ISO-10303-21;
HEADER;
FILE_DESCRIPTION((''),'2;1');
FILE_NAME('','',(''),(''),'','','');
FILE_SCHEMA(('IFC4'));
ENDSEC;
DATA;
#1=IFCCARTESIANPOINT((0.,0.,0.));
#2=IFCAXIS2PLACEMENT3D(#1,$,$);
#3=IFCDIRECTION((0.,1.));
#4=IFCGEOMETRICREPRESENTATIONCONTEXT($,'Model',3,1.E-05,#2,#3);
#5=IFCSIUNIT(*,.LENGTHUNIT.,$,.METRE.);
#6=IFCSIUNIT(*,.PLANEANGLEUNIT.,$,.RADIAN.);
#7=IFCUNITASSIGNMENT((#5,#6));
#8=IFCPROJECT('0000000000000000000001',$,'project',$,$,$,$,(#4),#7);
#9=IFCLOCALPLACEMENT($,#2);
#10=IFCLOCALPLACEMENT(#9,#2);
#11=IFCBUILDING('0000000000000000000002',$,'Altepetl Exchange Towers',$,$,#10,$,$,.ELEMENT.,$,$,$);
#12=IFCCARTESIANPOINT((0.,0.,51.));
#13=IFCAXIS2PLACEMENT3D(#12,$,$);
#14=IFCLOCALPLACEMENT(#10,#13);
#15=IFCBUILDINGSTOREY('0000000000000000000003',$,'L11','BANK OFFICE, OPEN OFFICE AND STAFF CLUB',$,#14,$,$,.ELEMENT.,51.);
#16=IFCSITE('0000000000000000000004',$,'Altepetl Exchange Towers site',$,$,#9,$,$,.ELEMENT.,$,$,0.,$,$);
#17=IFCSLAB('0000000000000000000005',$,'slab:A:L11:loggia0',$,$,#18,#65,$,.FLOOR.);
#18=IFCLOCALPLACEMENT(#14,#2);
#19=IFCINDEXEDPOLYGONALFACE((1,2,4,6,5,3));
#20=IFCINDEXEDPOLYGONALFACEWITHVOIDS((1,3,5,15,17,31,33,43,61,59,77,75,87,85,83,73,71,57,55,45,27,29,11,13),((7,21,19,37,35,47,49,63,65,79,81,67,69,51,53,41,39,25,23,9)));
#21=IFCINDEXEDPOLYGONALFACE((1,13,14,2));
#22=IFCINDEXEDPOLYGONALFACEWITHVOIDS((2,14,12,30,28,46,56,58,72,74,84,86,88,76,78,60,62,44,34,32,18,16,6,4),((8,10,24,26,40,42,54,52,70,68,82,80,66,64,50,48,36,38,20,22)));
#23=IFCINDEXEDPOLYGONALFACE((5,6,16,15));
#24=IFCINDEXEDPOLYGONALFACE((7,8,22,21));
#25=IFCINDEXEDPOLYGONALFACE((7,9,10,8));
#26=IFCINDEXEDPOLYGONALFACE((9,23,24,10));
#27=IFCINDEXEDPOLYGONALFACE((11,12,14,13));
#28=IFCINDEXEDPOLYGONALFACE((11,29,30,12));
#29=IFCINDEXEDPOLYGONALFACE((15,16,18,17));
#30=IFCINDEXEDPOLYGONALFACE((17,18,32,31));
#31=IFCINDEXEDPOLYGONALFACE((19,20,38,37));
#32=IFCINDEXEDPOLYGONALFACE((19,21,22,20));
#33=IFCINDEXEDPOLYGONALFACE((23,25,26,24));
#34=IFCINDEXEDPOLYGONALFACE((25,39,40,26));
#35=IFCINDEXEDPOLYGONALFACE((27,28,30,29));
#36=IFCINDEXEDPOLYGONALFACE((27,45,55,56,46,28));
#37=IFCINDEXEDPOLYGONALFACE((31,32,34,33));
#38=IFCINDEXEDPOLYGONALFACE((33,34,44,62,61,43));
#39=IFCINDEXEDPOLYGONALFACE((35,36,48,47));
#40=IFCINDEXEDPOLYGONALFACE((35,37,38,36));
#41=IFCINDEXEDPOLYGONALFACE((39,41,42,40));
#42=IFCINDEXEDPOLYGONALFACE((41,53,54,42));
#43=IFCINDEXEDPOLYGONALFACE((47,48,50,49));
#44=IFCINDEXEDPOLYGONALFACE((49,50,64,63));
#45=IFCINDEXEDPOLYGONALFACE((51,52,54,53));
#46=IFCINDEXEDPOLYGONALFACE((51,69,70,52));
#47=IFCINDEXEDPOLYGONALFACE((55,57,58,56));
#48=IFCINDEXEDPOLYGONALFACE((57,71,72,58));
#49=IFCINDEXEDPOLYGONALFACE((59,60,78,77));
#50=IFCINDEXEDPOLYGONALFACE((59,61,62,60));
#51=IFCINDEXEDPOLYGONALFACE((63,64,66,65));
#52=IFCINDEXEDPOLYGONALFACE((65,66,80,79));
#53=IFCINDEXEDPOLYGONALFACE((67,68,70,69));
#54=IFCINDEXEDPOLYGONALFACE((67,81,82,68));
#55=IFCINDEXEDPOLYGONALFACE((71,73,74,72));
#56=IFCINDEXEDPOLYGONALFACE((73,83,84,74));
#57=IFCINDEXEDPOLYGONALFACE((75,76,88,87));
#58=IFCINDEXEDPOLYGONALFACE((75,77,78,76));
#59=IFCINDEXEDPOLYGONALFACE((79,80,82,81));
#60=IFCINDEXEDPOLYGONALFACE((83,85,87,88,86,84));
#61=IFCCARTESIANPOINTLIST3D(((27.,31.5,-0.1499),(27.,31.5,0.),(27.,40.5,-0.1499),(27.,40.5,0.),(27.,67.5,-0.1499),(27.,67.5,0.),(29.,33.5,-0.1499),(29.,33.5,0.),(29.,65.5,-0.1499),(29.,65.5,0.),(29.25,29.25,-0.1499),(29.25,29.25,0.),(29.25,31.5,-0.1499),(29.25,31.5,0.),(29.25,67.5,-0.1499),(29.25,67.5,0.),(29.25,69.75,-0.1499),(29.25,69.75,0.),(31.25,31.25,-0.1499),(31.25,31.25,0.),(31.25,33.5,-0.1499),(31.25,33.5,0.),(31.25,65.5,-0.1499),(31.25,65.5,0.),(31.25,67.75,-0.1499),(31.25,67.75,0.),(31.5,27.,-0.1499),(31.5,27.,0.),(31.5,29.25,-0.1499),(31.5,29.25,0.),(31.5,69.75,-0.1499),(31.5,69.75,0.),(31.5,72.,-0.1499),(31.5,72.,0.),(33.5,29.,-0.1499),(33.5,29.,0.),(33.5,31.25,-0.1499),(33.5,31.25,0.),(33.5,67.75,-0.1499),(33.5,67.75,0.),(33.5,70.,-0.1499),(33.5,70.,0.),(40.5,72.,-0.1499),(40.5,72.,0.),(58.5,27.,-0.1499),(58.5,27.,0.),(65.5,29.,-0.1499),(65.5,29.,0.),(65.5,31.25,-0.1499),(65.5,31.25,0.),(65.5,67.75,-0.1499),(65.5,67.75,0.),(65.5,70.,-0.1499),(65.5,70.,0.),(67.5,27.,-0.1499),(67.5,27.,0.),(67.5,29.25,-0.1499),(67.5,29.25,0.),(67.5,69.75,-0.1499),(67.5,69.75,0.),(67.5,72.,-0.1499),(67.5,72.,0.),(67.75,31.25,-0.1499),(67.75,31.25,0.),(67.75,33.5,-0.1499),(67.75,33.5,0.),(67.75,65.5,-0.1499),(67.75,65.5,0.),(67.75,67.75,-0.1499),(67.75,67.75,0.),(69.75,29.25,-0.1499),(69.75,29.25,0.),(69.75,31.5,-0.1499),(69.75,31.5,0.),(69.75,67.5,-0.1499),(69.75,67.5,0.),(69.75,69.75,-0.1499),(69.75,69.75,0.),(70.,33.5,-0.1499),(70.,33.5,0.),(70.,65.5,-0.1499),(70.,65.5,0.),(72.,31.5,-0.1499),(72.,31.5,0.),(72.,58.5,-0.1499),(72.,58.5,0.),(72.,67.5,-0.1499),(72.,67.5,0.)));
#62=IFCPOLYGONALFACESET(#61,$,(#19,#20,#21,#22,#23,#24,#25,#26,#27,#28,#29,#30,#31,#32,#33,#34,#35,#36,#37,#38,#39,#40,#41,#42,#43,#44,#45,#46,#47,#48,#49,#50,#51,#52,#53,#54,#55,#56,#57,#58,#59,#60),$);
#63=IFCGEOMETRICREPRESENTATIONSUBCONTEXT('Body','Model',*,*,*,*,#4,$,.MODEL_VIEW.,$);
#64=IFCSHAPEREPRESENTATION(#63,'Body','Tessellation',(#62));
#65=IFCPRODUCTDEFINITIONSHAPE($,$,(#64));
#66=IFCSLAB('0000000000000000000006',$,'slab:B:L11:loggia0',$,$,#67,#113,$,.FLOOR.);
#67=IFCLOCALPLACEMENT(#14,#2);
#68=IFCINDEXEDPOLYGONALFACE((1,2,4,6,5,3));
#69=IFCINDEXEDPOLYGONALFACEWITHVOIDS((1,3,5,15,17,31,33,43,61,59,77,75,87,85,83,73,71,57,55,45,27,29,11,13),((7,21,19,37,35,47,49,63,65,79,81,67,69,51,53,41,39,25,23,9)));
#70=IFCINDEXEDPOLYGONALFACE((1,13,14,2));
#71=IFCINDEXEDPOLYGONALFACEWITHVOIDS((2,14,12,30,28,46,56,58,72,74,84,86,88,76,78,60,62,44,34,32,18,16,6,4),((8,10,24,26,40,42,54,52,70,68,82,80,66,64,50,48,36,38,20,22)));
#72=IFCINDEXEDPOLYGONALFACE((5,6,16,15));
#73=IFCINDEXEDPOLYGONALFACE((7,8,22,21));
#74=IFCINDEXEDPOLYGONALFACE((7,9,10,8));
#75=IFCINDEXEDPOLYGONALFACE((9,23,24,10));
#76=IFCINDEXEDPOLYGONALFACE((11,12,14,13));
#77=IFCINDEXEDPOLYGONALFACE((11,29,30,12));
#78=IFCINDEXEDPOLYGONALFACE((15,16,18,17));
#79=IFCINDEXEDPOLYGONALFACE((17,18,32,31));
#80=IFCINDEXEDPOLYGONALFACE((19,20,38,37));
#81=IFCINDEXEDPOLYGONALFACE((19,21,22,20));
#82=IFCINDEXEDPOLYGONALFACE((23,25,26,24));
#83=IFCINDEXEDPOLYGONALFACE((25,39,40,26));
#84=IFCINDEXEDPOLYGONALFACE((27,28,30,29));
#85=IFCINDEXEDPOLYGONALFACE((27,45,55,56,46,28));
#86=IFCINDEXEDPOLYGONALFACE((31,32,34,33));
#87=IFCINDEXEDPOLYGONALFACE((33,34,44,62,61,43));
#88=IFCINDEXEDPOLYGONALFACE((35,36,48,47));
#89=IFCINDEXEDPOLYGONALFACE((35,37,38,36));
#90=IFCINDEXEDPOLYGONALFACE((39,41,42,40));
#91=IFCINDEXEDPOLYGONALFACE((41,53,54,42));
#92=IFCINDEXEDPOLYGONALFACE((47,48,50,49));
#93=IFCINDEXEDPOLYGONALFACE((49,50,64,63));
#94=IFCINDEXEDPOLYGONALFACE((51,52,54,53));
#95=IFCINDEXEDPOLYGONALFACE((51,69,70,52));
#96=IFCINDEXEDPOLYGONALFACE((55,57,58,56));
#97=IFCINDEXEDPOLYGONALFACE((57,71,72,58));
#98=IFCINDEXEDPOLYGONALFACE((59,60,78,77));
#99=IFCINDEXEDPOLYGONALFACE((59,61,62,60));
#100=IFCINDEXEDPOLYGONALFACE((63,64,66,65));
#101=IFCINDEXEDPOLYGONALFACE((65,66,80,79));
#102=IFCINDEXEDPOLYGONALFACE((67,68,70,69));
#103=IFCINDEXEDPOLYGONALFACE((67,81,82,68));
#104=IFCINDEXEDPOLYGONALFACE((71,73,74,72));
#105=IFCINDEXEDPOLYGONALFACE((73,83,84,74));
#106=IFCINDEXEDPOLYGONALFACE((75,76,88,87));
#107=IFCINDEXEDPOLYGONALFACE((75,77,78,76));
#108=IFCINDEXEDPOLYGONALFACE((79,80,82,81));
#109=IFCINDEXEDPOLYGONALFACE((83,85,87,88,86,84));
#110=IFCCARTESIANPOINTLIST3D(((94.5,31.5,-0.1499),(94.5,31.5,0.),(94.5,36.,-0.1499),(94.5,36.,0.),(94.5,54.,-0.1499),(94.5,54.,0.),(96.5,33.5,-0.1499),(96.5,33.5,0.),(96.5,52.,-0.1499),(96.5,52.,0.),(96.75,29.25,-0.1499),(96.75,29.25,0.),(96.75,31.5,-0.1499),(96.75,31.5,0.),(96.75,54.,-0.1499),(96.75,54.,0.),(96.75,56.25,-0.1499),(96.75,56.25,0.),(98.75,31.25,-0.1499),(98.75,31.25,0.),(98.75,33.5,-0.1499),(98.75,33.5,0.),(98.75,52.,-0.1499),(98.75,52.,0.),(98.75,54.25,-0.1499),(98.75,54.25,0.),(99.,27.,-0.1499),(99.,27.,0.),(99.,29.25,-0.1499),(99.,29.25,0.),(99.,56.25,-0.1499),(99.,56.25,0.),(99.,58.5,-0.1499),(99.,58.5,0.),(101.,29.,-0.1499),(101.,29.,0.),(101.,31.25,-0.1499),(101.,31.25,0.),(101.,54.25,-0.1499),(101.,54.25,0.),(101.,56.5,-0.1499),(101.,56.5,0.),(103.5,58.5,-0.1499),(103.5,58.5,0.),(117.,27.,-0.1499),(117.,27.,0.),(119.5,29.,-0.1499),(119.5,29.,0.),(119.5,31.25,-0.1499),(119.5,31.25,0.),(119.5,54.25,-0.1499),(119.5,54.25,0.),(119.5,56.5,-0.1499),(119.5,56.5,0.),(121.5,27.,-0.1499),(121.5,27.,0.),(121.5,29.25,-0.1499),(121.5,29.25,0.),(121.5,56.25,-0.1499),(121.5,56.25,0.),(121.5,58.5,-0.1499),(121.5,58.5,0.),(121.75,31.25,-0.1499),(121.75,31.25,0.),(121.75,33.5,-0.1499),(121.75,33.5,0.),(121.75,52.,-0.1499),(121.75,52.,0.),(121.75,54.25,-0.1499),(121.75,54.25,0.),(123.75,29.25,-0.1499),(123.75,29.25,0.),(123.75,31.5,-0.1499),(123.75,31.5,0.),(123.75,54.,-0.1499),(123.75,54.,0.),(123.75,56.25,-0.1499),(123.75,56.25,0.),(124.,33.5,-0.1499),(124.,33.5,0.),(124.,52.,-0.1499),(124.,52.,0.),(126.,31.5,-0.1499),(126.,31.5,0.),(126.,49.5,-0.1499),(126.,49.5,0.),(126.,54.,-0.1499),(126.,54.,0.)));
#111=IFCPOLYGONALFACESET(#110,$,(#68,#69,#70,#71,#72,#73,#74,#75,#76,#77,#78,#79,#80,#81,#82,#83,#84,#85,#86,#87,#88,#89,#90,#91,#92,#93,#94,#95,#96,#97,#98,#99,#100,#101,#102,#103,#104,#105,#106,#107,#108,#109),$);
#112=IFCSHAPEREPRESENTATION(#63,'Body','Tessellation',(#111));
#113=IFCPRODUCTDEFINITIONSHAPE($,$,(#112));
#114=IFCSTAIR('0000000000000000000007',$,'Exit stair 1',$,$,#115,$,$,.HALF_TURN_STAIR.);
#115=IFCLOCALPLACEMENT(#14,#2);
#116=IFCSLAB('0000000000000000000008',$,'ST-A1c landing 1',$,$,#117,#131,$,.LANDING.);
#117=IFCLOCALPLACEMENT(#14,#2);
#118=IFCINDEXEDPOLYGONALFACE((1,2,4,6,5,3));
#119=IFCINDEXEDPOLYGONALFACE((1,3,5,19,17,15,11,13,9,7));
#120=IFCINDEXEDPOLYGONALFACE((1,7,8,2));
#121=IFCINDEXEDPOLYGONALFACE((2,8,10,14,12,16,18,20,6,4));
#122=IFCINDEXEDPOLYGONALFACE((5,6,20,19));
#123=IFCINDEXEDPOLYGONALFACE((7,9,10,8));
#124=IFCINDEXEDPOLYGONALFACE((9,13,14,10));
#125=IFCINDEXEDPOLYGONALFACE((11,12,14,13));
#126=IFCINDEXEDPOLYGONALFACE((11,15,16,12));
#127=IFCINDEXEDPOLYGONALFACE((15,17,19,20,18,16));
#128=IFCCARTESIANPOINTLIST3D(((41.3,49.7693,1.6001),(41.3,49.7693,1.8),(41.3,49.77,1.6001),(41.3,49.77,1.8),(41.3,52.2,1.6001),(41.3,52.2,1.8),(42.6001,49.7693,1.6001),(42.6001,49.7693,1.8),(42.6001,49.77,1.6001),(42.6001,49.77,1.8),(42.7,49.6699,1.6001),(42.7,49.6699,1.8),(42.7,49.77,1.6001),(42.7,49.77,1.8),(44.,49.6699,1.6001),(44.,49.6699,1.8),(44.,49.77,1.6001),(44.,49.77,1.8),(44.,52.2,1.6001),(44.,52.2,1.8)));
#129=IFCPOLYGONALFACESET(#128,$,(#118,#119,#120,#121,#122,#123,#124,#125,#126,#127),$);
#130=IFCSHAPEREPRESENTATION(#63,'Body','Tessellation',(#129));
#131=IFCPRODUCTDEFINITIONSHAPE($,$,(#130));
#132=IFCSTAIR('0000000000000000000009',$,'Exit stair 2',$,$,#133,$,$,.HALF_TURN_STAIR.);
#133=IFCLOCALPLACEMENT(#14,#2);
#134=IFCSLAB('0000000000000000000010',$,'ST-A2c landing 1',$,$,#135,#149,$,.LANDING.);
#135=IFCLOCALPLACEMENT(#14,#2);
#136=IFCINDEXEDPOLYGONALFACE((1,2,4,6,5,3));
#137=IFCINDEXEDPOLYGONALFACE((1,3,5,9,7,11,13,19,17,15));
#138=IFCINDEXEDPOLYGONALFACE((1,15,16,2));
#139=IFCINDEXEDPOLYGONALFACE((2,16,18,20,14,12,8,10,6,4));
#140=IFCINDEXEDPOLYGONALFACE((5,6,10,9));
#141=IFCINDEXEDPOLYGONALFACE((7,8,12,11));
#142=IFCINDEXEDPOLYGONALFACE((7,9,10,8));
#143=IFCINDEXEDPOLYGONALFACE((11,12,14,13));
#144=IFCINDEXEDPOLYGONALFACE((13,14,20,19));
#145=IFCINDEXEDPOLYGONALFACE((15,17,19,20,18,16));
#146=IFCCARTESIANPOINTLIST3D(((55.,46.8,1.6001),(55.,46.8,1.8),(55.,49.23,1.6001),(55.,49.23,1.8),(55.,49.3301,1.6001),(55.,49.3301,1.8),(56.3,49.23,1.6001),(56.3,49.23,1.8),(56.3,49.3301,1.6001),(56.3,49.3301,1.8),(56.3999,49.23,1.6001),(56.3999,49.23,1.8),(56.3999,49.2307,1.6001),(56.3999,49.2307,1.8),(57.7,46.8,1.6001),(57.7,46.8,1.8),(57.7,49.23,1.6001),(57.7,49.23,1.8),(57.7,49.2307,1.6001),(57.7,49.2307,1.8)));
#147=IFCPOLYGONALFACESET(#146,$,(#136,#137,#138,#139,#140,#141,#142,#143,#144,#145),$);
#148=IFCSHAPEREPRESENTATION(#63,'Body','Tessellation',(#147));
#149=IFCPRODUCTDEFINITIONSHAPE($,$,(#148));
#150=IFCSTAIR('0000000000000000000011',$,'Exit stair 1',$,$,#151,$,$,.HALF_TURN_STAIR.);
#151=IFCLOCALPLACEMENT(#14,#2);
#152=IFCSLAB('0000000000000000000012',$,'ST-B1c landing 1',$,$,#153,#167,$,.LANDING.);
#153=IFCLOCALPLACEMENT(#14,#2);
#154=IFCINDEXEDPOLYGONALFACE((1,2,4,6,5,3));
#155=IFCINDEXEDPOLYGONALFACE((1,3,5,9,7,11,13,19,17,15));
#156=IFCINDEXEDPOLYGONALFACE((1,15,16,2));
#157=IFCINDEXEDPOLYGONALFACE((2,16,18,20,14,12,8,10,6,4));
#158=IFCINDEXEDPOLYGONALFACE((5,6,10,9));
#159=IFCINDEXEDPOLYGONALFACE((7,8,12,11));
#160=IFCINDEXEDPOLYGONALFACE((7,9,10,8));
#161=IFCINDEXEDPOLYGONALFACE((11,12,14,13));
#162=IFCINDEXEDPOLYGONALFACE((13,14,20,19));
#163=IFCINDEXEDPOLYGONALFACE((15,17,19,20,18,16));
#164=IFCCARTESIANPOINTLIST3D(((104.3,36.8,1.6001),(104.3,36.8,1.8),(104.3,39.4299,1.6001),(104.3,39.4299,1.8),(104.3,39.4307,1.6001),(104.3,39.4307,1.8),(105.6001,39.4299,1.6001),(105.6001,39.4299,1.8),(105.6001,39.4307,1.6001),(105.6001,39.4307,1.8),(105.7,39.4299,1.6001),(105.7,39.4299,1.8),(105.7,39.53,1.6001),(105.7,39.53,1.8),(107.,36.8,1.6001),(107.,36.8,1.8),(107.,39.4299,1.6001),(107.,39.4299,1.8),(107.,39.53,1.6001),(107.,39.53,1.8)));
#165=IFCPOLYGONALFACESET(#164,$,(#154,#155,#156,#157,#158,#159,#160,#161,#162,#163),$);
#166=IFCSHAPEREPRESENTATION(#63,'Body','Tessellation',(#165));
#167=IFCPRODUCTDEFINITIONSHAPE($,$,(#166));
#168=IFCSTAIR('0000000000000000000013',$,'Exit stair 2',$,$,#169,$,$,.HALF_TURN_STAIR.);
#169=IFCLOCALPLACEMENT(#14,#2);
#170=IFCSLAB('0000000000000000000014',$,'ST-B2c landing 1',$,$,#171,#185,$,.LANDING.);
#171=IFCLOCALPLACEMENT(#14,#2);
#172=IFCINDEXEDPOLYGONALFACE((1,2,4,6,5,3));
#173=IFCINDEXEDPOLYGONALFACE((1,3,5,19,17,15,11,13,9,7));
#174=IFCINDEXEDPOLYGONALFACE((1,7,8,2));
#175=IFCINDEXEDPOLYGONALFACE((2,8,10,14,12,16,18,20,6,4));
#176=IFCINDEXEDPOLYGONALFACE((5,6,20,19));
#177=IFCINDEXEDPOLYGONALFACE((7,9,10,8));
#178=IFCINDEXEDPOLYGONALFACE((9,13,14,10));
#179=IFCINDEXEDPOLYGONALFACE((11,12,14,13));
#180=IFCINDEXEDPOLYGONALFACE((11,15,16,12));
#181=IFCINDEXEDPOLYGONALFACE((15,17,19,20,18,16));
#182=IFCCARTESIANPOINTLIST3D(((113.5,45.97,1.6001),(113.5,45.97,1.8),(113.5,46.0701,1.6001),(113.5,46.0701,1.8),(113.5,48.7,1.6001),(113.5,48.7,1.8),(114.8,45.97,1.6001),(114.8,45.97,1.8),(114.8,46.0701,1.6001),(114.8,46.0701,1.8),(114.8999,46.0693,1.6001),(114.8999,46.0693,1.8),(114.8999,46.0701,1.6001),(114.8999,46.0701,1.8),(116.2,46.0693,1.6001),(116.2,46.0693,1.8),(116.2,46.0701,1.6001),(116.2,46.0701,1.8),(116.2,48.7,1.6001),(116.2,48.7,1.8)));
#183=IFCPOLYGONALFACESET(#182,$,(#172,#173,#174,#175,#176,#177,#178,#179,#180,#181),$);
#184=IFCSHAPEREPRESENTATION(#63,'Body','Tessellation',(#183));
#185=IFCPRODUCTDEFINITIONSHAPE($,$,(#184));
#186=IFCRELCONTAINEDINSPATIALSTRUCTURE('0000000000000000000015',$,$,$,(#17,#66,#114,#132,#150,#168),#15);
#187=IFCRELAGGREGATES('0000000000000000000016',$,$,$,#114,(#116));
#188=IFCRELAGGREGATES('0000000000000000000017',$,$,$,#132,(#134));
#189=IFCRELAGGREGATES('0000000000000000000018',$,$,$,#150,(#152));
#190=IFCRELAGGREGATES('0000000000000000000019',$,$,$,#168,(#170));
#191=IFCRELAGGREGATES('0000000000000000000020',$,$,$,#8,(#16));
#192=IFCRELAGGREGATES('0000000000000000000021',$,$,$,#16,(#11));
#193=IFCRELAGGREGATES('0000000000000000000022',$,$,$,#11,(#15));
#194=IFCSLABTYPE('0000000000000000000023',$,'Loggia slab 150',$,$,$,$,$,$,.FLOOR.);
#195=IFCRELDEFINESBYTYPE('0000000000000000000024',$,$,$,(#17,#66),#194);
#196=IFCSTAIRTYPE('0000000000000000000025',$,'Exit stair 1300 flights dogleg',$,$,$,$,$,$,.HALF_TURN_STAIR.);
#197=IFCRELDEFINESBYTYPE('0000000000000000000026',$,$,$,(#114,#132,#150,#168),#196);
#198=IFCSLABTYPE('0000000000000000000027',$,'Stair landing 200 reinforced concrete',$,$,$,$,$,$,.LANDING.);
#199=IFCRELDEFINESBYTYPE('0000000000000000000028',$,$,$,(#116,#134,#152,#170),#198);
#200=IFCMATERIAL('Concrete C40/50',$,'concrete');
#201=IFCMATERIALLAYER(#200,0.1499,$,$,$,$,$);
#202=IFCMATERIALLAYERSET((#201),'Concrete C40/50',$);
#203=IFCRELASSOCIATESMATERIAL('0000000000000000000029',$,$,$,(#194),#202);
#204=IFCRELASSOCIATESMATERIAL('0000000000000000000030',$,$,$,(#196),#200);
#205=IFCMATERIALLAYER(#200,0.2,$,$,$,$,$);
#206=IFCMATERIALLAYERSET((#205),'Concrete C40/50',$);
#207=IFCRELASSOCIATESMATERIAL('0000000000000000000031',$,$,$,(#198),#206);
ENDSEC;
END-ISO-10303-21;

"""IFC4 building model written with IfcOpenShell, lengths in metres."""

from ifc_helpers import new_model, si_unit, direction, frame, origin, place, context, subcontext, project, spatial, polyline, outline, extrude, material, layer, layer_set, type_object, element, aggregate, save


model = new_model("IFC4")

# Units and contexts
model_context = context("Model", 3, precision=1e-05, world=origin(), true_north=direction((0.0, 1.0)))
body_context = subcontext(model_context, "Body", "Model", "MODEL_VIEW")
ifc_project = project(units=[si_unit("LENGTHUNIT", "METRE"), si_unit("PLANEANGLEUNIT", "RADIAN")], contexts=[model_context])

# Site, building, storey
site_placement = place(None, origin())
site = spatial("IfcSite", under=ifc_project, at=site_placement, Name="Altepetl Exchange Towers site", CompositionType="ELEMENT", RefElevation=0.0)
building_placement = place(site_placement, origin())
building = spatial("IfcBuilding", under=site, at=building_placement, Name="Altepetl Exchange Towers", CompositionType="ELEMENT")
storey_placement = place(building_placement, frame((0.0, 0.0, 51.0)))
storey = spatial("IfcBuildingStorey", under=building, at=storey_placement, Name="L11", Description="BANK OFFICE, OPEN OFFICE AND STAFF CLUB", CompositionType="ELEMENT", Elevation=51.0)

# Slabs
ifc_material_1 = material(Name="Concrete C40/50", Category="concrete")
ifc_layer_1 = layer(ifc_material_1, 0.1499)
ifc_layer_set_1 = layer_set([ifc_layer_1], Name="Concrete C40/50")
slab_type_1 = type_object("IfcSlabType", Name="Loggia slab 150", PredefinedType="FLOOR", material=ifc_layer_set_1)
slab_1_placement = place(storey_placement, frame((0.0, 0.0, -0.1499)))
element("IfcSlab", 1, at=slab_1_placement, inside=storey, type_object=slab_type_1, Name="slab:A:L11:loggia0", PredefinedType="FLOOR", context=body_context, shape_type="SweptSolid", body=[
    extrude(outline(polyline([(29.25, 67.5), (27.0, 67.5), (27.0, 40.5), (27.0, 31.5), (29.25, 31.5), (29.25, 29.25), (31.5, 29.25), (31.5, 27.0), (58.5, 27.0), (67.5, 27.0), (67.5, 29.25), (69.75, 29.25), (69.75, 31.5), (72.0, 31.5), (72.0, 58.5), (72.0, 67.5), (69.75, 67.5), (69.75, 69.75), (67.5, 69.75), (67.5, 72.0), (40.5, 72.0), (31.5, 72.0), (31.5, 69.75), (29.25, 69.75), (29.25, 67.5)]), holes=[polyline([(29.0, 65.5), (31.25, 65.5), (31.25, 67.75), (33.5, 67.75), (33.5, 70.0), (65.5, 70.0), (65.5, 67.75), (67.75, 67.75), (67.75, 65.5), (70.0, 65.5), (70.0, 33.5), (67.75, 33.5), (67.75, 31.25), (65.5, 31.25), (65.5, 29.0), (33.5, 29.0), (33.5, 31.25), (31.25, 31.25), (31.25, 33.5), (29.0, 33.5), (29.0, 65.5)])]), origin(), (0.0, 0.0, 1.0), 0.1499),
])
slab_2_placement = place(storey_placement, frame((0.0, 0.0, -0.1499)))
element("IfcSlab", 2, at=slab_2_placement, inside=storey, type_object=slab_type_1, Name="slab:B:L11:loggia0", PredefinedType="FLOOR", context=body_context, shape_type="SweptSolid", body=[
    extrude(outline(polyline([(96.75, 54.0), (94.5, 54.0), (94.5, 36.0), (94.5, 31.5), (96.75, 31.5), (96.75, 29.25), (99.0, 29.25), (99.0, 27.0), (117.0, 27.0), (121.5, 27.0), (121.5, 29.25), (123.75, 29.25), (123.75, 31.5), (126.0, 31.5), (126.0, 49.5), (126.0, 54.0), (123.75, 54.0), (123.75, 56.25), (121.5, 56.25), (121.5, 58.5), (103.5, 58.5), (99.0, 58.5), (99.0, 56.25), (96.75, 56.25), (96.75, 54.0)]), holes=[polyline([(96.5, 52.0), (98.75, 52.0), (98.75, 54.25), (101.0, 54.25), (101.0, 56.5), (119.5, 56.5), (119.5, 54.25), (121.75, 54.25), (121.75, 52.0), (124.0, 52.0), (124.0, 33.5), (121.75, 33.5), (121.75, 31.25), (119.5, 31.25), (119.5, 29.0), (101.0, 29.0), (101.0, 31.25), (98.75, 31.25), (98.75, 33.5), (96.5, 33.5), (96.5, 52.0)])]), origin(), (0.0, 0.0, 1.0), 0.1499),
])

# Stairs, slabs
stair_type = type_object("IfcStairType", Name="Exit stair 1300 flights dogleg", PredefinedType="HALF_TURN_STAIR", material=ifc_material_1)
stair_1_placement = place(storey_placement, origin())
stair_1 = element("IfcStair", 3, at=stair_1_placement, inside=storey, type_object=stair_type, Name="Exit stair 1", PredefinedType="HALF_TURN_STAIR")
ifc_layer_2 = layer(ifc_material_1, 0.2)
ifc_layer_set_2 = layer_set([ifc_layer_2], Name="Concrete C40/50")
slab_type_2 = type_object("IfcSlabType", Name="Stair landing 200 reinforced concrete", PredefinedType="LANDING", material=ifc_layer_set_2)
slab_3_placement = place(storey_placement, frame((0.0, 0.0, 1.6001)))
slab_3 = element("IfcSlab", 4, at=slab_3_placement, type_object=slab_type_2, Name="ST-A1c landing 1", PredefinedType="LANDING", context=body_context, shape_type="SweptSolid", body=[
    extrude(outline(polyline([(44.0, 49.6699), (42.7, 49.6699), (42.7, 49.77), (42.6001, 49.77), (42.6001, 49.7693), (41.3, 49.7693), (41.3, 49.77), (41.3, 52.2), (44.0, 52.2), (44.0, 49.77), (44.0, 49.6699)])), origin(), (0.0, 0.0, 1.0), 0.2),
])
aggregate(stair_1, [slab_3])
stair_2_placement = place(storey_placement, origin())
stair_2 = element("IfcStair", 5, at=stair_2_placement, inside=storey, type_object=stair_type, Name="Exit stair 2", PredefinedType="HALF_TURN_STAIR")
slab_4_placement = place(storey_placement, frame((0.0, 0.0, 1.6001)))
slab_4 = element("IfcSlab", 6, at=slab_4_placement, type_object=slab_type_2, Name="ST-A2c landing 1", PredefinedType="LANDING", context=body_context, shape_type="SweptSolid", body=[
    extrude(outline(polyline([(57.7, 46.8), (55.0, 46.8), (55.0, 49.23), (55.0, 49.3301), (56.3, 49.3301), (56.3, 49.23), (56.3999, 49.23), (56.3999, 49.2307), (57.7, 49.2307), (57.7, 49.23), (57.7, 46.8)])), origin(), (0.0, 0.0, 1.0), 0.2),
])
aggregate(stair_2, [slab_4])
stair_3_placement = place(storey_placement, origin())
stair_3 = element("IfcStair", 7, at=stair_3_placement, inside=storey, type_object=stair_type, Name="Exit stair 1", PredefinedType="HALF_TURN_STAIR")
slab_5_placement = place(storey_placement, frame((0.0, 0.0, 1.6001)))
slab_5 = element("IfcSlab", 8, at=slab_5_placement, type_object=slab_type_2, Name="ST-B1c landing 1", PredefinedType="LANDING", context=body_context, shape_type="SweptSolid", body=[
    extrude(outline(polyline([(107.0, 36.8), (104.3, 36.8), (104.3, 39.4299), (104.3, 39.4307), (105.6001, 39.4307), (105.6001, 39.4299), (105.7, 39.4299), (105.7, 39.53), (107.0, 39.53), (107.0, 39.4299), (107.0, 36.8)])), origin(), (0.0, 0.0, 1.0), 0.2),
])
aggregate(stair_3, [slab_5])
stair_4_placement = place(storey_placement, origin())
stair_4 = element("IfcStair", 9, at=stair_4_placement, inside=storey, type_object=stair_type, Name="Exit stair 2", PredefinedType="HALF_TURN_STAIR")
slab_6_placement = place(storey_placement, frame((0.0, 0.0, 1.6001)))
slab_6 = element("IfcSlab", 10, at=slab_6_placement, type_object=slab_type_2, Name="ST-B2c landing 1", PredefinedType="LANDING", context=body_context, shape_type="SweptSolid", body=[
    extrude(outline(polyline([(114.8, 45.97), (113.5, 45.97), (113.5, 46.0701), (113.5, 48.7), (116.2, 48.7), (116.2, 46.0701), (116.2, 46.0693), (114.8999, 46.0693), (114.8999, 46.0701), (114.8, 46.0701), (114.8, 45.97)])), origin(), (0.0, 0.0, 1.0), 0.2),
])
aggregate(stair_4, [slab_6])

save(model, "model.ifc")
